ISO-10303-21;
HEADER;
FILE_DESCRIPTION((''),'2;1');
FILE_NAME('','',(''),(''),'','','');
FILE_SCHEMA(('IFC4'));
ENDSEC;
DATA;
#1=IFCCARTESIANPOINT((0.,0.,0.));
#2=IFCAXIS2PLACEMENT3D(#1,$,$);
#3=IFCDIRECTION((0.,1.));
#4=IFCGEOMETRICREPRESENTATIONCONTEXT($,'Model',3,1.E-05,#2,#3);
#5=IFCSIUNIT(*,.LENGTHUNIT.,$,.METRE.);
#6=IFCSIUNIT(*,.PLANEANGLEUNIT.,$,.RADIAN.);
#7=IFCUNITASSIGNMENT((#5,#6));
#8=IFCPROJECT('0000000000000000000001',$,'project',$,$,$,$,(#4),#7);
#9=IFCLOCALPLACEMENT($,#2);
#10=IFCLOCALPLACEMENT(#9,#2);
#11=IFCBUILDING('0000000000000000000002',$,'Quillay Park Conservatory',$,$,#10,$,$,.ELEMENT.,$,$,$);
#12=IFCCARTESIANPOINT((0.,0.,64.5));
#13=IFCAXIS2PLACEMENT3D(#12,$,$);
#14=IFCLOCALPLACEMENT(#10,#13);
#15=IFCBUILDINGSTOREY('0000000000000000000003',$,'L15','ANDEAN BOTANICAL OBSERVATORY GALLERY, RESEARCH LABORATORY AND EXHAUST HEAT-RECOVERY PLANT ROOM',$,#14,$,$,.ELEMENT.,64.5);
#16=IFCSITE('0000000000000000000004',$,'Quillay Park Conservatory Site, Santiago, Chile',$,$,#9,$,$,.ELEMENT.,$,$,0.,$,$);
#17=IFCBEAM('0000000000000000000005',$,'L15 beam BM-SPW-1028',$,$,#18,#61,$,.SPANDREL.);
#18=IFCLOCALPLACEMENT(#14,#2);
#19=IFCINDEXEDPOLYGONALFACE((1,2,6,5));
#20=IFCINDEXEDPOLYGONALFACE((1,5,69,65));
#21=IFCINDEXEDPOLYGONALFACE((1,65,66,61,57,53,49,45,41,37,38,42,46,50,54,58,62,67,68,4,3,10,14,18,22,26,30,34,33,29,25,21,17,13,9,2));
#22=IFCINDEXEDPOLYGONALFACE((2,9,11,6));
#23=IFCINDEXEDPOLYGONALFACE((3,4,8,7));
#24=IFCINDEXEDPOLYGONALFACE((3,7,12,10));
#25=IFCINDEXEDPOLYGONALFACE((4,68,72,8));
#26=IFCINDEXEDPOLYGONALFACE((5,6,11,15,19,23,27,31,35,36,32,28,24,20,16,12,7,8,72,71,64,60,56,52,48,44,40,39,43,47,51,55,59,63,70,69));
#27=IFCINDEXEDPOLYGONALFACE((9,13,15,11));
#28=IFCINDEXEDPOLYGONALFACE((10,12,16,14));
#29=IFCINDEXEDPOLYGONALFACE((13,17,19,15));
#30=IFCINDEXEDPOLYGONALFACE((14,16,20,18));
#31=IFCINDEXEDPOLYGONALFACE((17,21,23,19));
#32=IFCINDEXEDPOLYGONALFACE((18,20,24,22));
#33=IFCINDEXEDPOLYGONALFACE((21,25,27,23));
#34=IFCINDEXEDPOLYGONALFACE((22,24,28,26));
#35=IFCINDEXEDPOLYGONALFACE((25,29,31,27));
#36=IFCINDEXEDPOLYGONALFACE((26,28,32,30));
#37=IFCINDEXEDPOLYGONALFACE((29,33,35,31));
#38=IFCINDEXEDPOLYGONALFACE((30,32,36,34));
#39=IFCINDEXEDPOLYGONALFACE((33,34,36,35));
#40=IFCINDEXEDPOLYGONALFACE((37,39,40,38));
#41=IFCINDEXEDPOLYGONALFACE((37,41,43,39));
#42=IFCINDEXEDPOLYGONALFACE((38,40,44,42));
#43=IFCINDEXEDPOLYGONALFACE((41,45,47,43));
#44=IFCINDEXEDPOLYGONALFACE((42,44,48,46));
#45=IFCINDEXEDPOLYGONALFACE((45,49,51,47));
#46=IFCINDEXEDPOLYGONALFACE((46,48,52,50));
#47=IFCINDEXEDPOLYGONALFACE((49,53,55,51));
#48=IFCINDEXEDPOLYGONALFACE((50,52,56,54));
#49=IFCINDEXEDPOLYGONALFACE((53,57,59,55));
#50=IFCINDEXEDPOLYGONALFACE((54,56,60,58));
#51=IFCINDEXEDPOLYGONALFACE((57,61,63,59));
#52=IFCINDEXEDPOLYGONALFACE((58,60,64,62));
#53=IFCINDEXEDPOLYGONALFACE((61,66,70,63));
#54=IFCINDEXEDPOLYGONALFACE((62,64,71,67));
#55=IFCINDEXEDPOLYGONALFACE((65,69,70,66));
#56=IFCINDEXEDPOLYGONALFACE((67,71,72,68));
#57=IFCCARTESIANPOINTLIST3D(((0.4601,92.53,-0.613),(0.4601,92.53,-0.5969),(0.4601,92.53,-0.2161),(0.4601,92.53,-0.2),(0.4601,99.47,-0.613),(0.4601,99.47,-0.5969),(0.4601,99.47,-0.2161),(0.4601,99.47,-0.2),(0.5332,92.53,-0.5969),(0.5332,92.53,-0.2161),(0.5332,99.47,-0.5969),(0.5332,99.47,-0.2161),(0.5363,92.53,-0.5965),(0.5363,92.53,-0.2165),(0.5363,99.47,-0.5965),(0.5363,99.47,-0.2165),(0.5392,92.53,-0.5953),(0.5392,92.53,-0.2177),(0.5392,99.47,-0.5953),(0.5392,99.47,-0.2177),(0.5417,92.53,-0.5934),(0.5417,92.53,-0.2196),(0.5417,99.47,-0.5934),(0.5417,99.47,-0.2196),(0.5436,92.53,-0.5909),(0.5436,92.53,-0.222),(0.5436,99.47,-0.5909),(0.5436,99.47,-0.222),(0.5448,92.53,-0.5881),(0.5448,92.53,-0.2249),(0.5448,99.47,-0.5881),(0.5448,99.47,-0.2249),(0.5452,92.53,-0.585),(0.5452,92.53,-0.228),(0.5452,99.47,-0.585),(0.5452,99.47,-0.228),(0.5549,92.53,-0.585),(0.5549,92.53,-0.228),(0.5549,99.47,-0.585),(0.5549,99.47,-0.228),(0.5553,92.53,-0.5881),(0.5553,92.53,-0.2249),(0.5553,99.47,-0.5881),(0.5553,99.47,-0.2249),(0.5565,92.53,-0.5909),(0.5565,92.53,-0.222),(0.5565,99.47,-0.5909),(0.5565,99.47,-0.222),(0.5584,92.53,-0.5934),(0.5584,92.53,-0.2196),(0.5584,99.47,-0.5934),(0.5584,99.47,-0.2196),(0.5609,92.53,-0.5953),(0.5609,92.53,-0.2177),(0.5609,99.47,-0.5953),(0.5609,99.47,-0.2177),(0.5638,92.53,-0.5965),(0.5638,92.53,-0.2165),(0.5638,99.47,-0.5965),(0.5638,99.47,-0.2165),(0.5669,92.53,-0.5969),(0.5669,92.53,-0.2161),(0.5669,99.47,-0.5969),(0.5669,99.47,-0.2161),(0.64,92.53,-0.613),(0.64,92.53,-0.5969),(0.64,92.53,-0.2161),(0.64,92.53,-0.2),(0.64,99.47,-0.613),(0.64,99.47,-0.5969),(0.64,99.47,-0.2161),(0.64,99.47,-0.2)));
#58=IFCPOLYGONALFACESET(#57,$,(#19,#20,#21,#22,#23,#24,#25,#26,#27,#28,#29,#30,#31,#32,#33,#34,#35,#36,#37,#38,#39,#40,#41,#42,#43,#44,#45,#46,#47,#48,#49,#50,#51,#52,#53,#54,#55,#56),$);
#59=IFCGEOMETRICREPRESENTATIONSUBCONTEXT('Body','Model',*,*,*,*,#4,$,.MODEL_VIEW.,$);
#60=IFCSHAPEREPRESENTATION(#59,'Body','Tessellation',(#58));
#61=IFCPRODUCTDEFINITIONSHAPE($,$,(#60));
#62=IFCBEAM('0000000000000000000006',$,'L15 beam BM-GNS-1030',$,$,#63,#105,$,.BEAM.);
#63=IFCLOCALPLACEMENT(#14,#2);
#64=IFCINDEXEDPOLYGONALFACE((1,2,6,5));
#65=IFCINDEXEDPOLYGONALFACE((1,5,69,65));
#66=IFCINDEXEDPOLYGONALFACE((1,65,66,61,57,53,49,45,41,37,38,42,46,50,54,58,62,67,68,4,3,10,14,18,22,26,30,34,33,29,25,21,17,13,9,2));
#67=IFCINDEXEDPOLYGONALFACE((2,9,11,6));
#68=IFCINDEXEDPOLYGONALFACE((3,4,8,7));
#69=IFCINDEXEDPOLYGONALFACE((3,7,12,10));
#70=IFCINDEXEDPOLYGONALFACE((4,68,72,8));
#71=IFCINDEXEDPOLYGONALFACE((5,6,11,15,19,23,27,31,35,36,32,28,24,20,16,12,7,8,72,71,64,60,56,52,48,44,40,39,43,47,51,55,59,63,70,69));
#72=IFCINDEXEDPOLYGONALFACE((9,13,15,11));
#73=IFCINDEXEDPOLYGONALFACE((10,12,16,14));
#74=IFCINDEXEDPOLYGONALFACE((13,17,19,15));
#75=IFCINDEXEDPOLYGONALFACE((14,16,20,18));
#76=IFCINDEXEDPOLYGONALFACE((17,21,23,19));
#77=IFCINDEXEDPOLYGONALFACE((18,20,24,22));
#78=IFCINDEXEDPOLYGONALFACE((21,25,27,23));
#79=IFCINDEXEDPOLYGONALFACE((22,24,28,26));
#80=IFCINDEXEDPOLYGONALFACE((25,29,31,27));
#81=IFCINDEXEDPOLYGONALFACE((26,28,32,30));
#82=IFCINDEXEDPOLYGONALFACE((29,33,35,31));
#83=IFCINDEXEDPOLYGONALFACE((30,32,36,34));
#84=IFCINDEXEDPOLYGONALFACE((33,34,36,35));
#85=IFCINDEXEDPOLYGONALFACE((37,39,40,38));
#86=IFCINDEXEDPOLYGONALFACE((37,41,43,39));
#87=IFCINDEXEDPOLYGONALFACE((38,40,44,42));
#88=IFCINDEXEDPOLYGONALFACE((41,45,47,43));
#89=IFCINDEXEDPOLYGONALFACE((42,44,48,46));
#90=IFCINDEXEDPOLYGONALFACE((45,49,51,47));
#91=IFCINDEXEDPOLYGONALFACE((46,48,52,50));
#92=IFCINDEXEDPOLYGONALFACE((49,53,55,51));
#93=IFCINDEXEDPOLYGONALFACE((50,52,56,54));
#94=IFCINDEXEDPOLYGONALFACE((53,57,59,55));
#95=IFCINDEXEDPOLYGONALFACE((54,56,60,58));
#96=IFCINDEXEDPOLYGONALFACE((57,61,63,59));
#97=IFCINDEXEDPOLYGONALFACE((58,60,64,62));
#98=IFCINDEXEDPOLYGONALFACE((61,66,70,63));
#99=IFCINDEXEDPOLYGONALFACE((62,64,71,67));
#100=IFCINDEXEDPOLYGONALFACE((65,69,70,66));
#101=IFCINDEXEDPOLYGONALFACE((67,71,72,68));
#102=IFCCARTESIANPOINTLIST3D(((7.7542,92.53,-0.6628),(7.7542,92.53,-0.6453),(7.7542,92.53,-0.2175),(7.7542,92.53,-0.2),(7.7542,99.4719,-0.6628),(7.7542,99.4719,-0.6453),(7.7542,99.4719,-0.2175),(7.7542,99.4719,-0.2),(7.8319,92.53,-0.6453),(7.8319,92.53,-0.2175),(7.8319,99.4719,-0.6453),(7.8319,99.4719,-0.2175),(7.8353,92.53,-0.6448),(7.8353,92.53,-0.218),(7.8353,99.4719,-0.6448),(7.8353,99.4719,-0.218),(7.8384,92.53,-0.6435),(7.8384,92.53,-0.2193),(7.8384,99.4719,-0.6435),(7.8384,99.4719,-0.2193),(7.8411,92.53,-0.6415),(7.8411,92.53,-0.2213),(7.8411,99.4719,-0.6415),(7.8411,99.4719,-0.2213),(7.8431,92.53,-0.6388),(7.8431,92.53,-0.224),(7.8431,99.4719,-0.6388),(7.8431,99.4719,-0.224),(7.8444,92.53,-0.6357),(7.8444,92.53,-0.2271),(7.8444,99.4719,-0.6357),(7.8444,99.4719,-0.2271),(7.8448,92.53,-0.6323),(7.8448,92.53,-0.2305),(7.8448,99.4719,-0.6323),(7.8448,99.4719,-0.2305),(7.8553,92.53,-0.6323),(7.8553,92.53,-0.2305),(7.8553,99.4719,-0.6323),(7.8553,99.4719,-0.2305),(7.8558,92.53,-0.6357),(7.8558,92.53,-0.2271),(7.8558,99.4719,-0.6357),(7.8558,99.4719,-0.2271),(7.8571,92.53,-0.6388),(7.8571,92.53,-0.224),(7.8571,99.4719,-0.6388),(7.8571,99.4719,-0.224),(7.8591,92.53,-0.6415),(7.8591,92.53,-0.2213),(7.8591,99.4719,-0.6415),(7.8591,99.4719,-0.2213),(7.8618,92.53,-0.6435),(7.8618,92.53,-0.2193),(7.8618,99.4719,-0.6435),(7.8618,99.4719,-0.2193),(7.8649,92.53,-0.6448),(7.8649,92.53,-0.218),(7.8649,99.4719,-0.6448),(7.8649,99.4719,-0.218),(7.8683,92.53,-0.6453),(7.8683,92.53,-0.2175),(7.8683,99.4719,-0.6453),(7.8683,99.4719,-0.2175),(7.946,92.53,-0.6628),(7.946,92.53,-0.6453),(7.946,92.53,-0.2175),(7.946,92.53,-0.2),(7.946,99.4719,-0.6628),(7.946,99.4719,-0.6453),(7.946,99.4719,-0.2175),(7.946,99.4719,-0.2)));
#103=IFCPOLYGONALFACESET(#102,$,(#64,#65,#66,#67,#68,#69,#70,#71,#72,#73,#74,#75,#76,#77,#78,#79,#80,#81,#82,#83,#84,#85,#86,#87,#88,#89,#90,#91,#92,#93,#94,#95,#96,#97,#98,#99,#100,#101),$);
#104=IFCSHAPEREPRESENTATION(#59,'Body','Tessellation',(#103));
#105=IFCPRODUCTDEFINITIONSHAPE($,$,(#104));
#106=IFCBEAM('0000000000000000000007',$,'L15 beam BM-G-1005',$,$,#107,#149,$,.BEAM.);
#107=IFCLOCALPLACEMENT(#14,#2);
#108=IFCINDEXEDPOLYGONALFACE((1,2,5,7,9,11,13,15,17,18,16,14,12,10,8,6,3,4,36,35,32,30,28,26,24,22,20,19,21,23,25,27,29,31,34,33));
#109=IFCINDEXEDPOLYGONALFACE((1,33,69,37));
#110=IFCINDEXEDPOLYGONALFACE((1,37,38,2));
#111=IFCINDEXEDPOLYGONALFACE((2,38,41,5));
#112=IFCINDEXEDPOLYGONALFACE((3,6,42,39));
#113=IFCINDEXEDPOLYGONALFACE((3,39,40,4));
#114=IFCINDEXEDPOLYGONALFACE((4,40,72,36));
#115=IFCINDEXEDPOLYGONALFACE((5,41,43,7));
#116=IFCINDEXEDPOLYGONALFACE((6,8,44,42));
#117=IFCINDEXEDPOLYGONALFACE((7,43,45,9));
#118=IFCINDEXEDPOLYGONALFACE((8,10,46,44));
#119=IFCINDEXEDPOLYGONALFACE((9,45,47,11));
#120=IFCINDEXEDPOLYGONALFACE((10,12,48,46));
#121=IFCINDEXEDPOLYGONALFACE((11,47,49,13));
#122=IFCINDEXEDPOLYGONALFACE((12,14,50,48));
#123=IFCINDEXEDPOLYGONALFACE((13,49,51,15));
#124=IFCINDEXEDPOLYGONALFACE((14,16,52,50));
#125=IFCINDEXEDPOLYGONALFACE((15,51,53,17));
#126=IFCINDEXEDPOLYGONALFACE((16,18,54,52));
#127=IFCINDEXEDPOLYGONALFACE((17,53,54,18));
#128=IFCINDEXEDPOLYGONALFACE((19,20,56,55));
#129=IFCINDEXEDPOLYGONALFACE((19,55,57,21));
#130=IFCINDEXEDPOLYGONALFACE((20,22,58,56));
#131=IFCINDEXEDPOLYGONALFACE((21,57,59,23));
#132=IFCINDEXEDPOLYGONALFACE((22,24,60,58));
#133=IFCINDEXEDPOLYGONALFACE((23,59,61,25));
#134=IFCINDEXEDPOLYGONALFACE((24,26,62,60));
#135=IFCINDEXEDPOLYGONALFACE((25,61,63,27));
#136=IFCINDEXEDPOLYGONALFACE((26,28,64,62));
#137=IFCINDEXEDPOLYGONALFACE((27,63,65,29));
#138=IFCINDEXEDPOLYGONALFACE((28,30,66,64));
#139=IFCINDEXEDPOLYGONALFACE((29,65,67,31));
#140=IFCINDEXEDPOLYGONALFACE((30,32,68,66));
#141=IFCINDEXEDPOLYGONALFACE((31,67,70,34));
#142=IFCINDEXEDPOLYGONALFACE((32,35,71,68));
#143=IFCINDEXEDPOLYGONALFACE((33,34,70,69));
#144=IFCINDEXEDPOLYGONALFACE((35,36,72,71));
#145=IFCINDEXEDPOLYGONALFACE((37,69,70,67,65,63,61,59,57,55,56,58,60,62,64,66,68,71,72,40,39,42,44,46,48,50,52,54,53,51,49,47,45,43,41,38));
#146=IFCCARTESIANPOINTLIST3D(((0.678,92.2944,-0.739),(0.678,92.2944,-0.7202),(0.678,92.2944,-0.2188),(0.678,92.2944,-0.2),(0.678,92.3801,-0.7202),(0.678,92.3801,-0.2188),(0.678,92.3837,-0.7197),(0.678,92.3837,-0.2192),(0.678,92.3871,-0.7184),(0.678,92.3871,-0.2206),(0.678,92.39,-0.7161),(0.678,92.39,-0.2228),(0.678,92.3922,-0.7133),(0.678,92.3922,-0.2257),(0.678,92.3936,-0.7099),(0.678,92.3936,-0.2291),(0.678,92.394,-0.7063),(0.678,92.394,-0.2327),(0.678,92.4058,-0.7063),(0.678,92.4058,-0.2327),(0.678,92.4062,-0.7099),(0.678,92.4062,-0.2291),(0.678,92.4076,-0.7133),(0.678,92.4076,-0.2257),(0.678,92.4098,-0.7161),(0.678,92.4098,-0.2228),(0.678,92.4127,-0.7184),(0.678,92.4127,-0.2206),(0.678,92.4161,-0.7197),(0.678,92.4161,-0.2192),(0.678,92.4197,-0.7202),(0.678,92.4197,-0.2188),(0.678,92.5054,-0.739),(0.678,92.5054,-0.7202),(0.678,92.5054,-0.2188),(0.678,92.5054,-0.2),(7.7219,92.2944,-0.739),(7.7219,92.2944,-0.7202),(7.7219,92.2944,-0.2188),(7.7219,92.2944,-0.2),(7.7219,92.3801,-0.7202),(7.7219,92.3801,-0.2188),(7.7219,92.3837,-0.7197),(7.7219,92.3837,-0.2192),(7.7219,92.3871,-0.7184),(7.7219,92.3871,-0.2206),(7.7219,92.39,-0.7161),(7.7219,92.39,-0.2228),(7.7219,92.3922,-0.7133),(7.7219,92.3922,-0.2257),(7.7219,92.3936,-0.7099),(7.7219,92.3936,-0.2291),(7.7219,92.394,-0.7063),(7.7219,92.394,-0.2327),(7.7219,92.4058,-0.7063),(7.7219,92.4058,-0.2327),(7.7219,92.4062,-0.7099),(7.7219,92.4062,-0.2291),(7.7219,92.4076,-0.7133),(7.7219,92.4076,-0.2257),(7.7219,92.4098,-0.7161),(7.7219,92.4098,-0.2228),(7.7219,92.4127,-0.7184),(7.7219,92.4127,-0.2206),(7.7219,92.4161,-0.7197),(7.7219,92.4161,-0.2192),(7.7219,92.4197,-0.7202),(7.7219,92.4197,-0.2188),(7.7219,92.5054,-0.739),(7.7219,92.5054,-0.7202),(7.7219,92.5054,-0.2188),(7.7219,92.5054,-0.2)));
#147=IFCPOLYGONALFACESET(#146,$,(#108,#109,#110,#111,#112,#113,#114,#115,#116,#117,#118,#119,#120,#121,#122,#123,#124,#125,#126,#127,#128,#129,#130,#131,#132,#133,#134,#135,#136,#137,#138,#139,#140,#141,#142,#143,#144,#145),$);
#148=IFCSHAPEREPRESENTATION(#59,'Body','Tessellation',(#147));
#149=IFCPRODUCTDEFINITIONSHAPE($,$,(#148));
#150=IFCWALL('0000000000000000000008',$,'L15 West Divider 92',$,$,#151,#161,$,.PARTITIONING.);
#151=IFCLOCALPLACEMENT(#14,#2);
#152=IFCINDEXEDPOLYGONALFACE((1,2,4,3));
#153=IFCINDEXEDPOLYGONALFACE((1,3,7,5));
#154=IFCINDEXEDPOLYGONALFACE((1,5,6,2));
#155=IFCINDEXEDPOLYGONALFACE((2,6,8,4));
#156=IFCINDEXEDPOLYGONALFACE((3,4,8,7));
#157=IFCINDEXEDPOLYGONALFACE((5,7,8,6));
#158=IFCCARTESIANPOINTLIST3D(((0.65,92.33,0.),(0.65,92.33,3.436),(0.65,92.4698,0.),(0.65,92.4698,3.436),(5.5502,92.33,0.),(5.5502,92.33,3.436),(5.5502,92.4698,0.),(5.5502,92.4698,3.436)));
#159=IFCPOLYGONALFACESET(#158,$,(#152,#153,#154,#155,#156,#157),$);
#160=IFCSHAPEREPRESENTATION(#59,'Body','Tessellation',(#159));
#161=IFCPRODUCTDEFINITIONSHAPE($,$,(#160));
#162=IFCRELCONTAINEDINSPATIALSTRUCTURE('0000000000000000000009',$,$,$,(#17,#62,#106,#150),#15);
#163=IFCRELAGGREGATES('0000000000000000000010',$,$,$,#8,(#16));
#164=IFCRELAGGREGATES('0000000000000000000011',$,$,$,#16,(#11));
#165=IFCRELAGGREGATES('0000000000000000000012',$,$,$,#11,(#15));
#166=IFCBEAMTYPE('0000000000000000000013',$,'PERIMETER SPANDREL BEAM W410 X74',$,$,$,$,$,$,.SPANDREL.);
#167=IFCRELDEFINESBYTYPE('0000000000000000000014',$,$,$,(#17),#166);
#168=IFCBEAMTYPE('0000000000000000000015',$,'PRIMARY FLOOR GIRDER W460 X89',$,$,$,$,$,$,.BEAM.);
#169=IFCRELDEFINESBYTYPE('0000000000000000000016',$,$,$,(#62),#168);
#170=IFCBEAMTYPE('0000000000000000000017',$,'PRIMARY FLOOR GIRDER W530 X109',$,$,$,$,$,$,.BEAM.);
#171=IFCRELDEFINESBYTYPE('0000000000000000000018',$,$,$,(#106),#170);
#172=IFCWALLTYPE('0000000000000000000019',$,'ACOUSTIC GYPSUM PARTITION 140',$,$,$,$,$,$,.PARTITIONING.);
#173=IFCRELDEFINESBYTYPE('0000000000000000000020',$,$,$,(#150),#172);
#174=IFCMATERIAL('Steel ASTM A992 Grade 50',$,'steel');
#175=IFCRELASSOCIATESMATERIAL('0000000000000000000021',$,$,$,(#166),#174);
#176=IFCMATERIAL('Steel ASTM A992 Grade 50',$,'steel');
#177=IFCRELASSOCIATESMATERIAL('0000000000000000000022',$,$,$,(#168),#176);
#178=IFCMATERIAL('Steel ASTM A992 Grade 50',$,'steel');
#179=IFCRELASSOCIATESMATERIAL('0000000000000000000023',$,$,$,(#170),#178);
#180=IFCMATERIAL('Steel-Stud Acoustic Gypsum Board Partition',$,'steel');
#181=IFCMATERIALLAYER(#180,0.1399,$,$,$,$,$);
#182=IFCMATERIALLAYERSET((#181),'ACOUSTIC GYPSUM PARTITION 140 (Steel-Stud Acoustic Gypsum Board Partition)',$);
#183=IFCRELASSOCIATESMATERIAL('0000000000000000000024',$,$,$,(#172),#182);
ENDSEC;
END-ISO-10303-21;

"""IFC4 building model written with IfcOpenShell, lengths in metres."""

from ifc_helpers import new_model, si_unit, direction, frame, frame_2d, origin, origin_2d, place, context, subcontext, project, spatial, rectangle, i_section, extrude, material, layer, layer_set, material_profile, profile_set, type_object, element, save


model = new_model("IFC4")

# Units and contexts
model_context = context("Model", 3, precision=1e-05, world=origin(), true_north=direction((0.0, 1.0)))
body_context = subcontext(model_context, "Body", "Model", "MODEL_VIEW")
ifc_project = project(units=[si_unit("LENGTHUNIT", "METRE"), si_unit("PLANEANGLEUNIT", "RADIAN")], contexts=[model_context])

# Site, building, storey
site_placement = place(None, origin())
site = spatial("IfcSite", under=ifc_project, at=site_placement, Name="Quillay Park Conservatory Site, Santiago, Chile", CompositionType="ELEMENT", RefElevation=0.0)
building_placement = place(site_placement, origin())
building = spatial("IfcBuilding", under=site, at=building_placement, Name="Quillay Park Conservatory", CompositionType="ELEMENT")
storey_placement = place(building_placement, frame((0.0, 0.0, 64.5)))
storey = spatial("IfcBuildingStorey", under=building, at=storey_placement, Name="L15", Description="ANDEAN BOTANICAL OBSERVATORY GALLERY, RESEARCH LABORATORY AND EXHAUST HEAT-RECOVERY PLANT ROOM", CompositionType="ELEMENT", Elevation=64.5)

# Beams
ifc_material_1 = material(Name="Steel ASTM A992 Grade 50", Category="steel")
ifc_material_profile_1 = material_profile(ifc_material_1, i_section(OverallWidth=0.1799, OverallDepth=0.4131, WebThickness=0.0098, FlangeThickness=0.0161, FilletRadius=0.012, at=origin_2d()), Name="W410x74")
ifc_profile_set_1 = profile_set([ifc_material_profile_1], Name="Steel ASTM A992 Grade 50")
beam_type_1 = type_object("IfcBeamType", Name="PERIMETER SPANDREL BEAM W410 X74", PredefinedType="SPANDREL", material=ifc_profile_set_1)
beam_1_placement = place(storey_placement, frame((0.55, 92.53, -0.4065), z_axis=(0.0, 1.0, 0.0), x_axis=(-1.0, 0.0, 0.0)))
element("IfcBeam", 1, at=beam_1_placement, inside=storey, type_object=beam_type_1, Name="L15 beam BM-SPW-1028", PredefinedType="SPANDREL", context=body_context, shape_type="SweptSolid", body=[
    extrude(i_section(OverallWidth=0.1799, OverallDepth=0.4131, WebThickness=0.0098, FlangeThickness=0.0161, FilletRadius=0.012, at=origin_2d()), origin(), (0.0, 0.0, 1.0), 6.9399),
])
ifc_material_2 = material(Name="Steel ASTM A992 Grade 50", Category="steel")
ifc_material_profile_2 = material_profile(ifc_material_2, i_section(OverallWidth=0.1919, OverallDepth=0.4629, WebThickness=0.0105, FlangeThickness=0.0176, FilletRadius=0.0129, at=origin_2d()), Name="W460x89")
ifc_profile_set_2 = profile_set([ifc_material_profile_2], Name="Steel ASTM A992 Grade 50")
beam_type_2 = type_object("IfcBeamType", Name="PRIMARY FLOOR GIRDER W460 X89", PredefinedType="BEAM", material=ifc_profile_set_2)
beam_2_placement = place(storey_placement, frame((7.8501, 92.53, -0.4314), z_axis=(0.0, 1.0, 0.0), x_axis=(-1.0, 0.0, 0.0)))
element("IfcBeam", 2, at=beam_2_placement, inside=storey, type_object=beam_type_2, Name="L15 beam BM-GNS-1030", PredefinedType="BEAM", context=body_context, shape_type="SweptSolid", body=[
    extrude(i_section(OverallWidth=0.1919, OverallDepth=0.4629, WebThickness=0.0105, FlangeThickness=0.0176, FilletRadius=0.0129, at=origin_2d()), origin(), (0.0, 0.0, 1.0), 6.9419),
])
ifc_material_3 = material(Name="Steel ASTM A992 Grade 50", Category="steel")
ifc_material_profile_3 = material_profile(ifc_material_3, i_section(OverallWidth=0.2109, OverallDepth=0.5391, WebThickness=0.0117, FlangeThickness=0.0188, FilletRadius=0.0139, at=origin_2d()), Name="W530x109")
ifc_profile_set_3 = profile_set([ifc_material_profile_3], Name="Steel ASTM A992 Grade 50")
beam_type_3 = type_object("IfcBeamType", Name="PRIMARY FLOOR GIRDER W530 X109", PredefinedType="BEAM", material=ifc_profile_set_3)
beam_3_placement = place(storey_placement, frame((0.678, 92.3999, -0.4695), z_axis=(1.0, 0.0, 0.0), x_axis=(0.0, 1.0, 0.0)))
element("IfcBeam", 3, at=beam_3_placement, inside=storey, type_object=beam_type_3, Name="L15 beam BM-G-1005", PredefinedType="BEAM", context=body_context, shape_type="SweptSolid", body=[
    extrude(i_section(OverallWidth=0.2109, OverallDepth=0.5391, WebThickness=0.0117, FlangeThickness=0.0188, FilletRadius=0.0139, at=origin_2d()), origin(), (0.0, 0.0, 1.0), 7.0439),
])

# Wall
ifc_material_4 = material(Name="Steel-Stud Acoustic Gypsum Board Partition", Category="steel")
ifc_layer_1 = layer(ifc_material_4, 0.1399)
ifc_layer_set_1 = layer_set([ifc_layer_1], Name="ACOUSTIC GYPSUM PARTITION 140 (Steel-Stud Acoustic Gypsum Board Partition)")
wall_type_1 = type_object("IfcWallType", Name="ACOUSTIC GYPSUM PARTITION 140", PredefinedType="PARTITIONING", material=ifc_layer_set_1)
wall_1_placement = place(storey_placement, frame((0.6499, 92.3999, 0.0), z_axis=(0.0, 0.0, 1.0), x_axis=(1.0, 0.0, 0.0)))
element("IfcWall", 4, at=wall_1_placement, inside=storey, type_object=wall_type_1, Name="L15 West Divider 92", PredefinedType="PARTITIONING", context=body_context, shape_type="SweptSolid", body=[
    extrude(rectangle(XDim=4.9001, YDim=0.1399, at=frame_2d((2.4502, 0.0))), origin(), (0.0, 0.0, 1.0), 3.436),
])

save(model, "model.ifc")
